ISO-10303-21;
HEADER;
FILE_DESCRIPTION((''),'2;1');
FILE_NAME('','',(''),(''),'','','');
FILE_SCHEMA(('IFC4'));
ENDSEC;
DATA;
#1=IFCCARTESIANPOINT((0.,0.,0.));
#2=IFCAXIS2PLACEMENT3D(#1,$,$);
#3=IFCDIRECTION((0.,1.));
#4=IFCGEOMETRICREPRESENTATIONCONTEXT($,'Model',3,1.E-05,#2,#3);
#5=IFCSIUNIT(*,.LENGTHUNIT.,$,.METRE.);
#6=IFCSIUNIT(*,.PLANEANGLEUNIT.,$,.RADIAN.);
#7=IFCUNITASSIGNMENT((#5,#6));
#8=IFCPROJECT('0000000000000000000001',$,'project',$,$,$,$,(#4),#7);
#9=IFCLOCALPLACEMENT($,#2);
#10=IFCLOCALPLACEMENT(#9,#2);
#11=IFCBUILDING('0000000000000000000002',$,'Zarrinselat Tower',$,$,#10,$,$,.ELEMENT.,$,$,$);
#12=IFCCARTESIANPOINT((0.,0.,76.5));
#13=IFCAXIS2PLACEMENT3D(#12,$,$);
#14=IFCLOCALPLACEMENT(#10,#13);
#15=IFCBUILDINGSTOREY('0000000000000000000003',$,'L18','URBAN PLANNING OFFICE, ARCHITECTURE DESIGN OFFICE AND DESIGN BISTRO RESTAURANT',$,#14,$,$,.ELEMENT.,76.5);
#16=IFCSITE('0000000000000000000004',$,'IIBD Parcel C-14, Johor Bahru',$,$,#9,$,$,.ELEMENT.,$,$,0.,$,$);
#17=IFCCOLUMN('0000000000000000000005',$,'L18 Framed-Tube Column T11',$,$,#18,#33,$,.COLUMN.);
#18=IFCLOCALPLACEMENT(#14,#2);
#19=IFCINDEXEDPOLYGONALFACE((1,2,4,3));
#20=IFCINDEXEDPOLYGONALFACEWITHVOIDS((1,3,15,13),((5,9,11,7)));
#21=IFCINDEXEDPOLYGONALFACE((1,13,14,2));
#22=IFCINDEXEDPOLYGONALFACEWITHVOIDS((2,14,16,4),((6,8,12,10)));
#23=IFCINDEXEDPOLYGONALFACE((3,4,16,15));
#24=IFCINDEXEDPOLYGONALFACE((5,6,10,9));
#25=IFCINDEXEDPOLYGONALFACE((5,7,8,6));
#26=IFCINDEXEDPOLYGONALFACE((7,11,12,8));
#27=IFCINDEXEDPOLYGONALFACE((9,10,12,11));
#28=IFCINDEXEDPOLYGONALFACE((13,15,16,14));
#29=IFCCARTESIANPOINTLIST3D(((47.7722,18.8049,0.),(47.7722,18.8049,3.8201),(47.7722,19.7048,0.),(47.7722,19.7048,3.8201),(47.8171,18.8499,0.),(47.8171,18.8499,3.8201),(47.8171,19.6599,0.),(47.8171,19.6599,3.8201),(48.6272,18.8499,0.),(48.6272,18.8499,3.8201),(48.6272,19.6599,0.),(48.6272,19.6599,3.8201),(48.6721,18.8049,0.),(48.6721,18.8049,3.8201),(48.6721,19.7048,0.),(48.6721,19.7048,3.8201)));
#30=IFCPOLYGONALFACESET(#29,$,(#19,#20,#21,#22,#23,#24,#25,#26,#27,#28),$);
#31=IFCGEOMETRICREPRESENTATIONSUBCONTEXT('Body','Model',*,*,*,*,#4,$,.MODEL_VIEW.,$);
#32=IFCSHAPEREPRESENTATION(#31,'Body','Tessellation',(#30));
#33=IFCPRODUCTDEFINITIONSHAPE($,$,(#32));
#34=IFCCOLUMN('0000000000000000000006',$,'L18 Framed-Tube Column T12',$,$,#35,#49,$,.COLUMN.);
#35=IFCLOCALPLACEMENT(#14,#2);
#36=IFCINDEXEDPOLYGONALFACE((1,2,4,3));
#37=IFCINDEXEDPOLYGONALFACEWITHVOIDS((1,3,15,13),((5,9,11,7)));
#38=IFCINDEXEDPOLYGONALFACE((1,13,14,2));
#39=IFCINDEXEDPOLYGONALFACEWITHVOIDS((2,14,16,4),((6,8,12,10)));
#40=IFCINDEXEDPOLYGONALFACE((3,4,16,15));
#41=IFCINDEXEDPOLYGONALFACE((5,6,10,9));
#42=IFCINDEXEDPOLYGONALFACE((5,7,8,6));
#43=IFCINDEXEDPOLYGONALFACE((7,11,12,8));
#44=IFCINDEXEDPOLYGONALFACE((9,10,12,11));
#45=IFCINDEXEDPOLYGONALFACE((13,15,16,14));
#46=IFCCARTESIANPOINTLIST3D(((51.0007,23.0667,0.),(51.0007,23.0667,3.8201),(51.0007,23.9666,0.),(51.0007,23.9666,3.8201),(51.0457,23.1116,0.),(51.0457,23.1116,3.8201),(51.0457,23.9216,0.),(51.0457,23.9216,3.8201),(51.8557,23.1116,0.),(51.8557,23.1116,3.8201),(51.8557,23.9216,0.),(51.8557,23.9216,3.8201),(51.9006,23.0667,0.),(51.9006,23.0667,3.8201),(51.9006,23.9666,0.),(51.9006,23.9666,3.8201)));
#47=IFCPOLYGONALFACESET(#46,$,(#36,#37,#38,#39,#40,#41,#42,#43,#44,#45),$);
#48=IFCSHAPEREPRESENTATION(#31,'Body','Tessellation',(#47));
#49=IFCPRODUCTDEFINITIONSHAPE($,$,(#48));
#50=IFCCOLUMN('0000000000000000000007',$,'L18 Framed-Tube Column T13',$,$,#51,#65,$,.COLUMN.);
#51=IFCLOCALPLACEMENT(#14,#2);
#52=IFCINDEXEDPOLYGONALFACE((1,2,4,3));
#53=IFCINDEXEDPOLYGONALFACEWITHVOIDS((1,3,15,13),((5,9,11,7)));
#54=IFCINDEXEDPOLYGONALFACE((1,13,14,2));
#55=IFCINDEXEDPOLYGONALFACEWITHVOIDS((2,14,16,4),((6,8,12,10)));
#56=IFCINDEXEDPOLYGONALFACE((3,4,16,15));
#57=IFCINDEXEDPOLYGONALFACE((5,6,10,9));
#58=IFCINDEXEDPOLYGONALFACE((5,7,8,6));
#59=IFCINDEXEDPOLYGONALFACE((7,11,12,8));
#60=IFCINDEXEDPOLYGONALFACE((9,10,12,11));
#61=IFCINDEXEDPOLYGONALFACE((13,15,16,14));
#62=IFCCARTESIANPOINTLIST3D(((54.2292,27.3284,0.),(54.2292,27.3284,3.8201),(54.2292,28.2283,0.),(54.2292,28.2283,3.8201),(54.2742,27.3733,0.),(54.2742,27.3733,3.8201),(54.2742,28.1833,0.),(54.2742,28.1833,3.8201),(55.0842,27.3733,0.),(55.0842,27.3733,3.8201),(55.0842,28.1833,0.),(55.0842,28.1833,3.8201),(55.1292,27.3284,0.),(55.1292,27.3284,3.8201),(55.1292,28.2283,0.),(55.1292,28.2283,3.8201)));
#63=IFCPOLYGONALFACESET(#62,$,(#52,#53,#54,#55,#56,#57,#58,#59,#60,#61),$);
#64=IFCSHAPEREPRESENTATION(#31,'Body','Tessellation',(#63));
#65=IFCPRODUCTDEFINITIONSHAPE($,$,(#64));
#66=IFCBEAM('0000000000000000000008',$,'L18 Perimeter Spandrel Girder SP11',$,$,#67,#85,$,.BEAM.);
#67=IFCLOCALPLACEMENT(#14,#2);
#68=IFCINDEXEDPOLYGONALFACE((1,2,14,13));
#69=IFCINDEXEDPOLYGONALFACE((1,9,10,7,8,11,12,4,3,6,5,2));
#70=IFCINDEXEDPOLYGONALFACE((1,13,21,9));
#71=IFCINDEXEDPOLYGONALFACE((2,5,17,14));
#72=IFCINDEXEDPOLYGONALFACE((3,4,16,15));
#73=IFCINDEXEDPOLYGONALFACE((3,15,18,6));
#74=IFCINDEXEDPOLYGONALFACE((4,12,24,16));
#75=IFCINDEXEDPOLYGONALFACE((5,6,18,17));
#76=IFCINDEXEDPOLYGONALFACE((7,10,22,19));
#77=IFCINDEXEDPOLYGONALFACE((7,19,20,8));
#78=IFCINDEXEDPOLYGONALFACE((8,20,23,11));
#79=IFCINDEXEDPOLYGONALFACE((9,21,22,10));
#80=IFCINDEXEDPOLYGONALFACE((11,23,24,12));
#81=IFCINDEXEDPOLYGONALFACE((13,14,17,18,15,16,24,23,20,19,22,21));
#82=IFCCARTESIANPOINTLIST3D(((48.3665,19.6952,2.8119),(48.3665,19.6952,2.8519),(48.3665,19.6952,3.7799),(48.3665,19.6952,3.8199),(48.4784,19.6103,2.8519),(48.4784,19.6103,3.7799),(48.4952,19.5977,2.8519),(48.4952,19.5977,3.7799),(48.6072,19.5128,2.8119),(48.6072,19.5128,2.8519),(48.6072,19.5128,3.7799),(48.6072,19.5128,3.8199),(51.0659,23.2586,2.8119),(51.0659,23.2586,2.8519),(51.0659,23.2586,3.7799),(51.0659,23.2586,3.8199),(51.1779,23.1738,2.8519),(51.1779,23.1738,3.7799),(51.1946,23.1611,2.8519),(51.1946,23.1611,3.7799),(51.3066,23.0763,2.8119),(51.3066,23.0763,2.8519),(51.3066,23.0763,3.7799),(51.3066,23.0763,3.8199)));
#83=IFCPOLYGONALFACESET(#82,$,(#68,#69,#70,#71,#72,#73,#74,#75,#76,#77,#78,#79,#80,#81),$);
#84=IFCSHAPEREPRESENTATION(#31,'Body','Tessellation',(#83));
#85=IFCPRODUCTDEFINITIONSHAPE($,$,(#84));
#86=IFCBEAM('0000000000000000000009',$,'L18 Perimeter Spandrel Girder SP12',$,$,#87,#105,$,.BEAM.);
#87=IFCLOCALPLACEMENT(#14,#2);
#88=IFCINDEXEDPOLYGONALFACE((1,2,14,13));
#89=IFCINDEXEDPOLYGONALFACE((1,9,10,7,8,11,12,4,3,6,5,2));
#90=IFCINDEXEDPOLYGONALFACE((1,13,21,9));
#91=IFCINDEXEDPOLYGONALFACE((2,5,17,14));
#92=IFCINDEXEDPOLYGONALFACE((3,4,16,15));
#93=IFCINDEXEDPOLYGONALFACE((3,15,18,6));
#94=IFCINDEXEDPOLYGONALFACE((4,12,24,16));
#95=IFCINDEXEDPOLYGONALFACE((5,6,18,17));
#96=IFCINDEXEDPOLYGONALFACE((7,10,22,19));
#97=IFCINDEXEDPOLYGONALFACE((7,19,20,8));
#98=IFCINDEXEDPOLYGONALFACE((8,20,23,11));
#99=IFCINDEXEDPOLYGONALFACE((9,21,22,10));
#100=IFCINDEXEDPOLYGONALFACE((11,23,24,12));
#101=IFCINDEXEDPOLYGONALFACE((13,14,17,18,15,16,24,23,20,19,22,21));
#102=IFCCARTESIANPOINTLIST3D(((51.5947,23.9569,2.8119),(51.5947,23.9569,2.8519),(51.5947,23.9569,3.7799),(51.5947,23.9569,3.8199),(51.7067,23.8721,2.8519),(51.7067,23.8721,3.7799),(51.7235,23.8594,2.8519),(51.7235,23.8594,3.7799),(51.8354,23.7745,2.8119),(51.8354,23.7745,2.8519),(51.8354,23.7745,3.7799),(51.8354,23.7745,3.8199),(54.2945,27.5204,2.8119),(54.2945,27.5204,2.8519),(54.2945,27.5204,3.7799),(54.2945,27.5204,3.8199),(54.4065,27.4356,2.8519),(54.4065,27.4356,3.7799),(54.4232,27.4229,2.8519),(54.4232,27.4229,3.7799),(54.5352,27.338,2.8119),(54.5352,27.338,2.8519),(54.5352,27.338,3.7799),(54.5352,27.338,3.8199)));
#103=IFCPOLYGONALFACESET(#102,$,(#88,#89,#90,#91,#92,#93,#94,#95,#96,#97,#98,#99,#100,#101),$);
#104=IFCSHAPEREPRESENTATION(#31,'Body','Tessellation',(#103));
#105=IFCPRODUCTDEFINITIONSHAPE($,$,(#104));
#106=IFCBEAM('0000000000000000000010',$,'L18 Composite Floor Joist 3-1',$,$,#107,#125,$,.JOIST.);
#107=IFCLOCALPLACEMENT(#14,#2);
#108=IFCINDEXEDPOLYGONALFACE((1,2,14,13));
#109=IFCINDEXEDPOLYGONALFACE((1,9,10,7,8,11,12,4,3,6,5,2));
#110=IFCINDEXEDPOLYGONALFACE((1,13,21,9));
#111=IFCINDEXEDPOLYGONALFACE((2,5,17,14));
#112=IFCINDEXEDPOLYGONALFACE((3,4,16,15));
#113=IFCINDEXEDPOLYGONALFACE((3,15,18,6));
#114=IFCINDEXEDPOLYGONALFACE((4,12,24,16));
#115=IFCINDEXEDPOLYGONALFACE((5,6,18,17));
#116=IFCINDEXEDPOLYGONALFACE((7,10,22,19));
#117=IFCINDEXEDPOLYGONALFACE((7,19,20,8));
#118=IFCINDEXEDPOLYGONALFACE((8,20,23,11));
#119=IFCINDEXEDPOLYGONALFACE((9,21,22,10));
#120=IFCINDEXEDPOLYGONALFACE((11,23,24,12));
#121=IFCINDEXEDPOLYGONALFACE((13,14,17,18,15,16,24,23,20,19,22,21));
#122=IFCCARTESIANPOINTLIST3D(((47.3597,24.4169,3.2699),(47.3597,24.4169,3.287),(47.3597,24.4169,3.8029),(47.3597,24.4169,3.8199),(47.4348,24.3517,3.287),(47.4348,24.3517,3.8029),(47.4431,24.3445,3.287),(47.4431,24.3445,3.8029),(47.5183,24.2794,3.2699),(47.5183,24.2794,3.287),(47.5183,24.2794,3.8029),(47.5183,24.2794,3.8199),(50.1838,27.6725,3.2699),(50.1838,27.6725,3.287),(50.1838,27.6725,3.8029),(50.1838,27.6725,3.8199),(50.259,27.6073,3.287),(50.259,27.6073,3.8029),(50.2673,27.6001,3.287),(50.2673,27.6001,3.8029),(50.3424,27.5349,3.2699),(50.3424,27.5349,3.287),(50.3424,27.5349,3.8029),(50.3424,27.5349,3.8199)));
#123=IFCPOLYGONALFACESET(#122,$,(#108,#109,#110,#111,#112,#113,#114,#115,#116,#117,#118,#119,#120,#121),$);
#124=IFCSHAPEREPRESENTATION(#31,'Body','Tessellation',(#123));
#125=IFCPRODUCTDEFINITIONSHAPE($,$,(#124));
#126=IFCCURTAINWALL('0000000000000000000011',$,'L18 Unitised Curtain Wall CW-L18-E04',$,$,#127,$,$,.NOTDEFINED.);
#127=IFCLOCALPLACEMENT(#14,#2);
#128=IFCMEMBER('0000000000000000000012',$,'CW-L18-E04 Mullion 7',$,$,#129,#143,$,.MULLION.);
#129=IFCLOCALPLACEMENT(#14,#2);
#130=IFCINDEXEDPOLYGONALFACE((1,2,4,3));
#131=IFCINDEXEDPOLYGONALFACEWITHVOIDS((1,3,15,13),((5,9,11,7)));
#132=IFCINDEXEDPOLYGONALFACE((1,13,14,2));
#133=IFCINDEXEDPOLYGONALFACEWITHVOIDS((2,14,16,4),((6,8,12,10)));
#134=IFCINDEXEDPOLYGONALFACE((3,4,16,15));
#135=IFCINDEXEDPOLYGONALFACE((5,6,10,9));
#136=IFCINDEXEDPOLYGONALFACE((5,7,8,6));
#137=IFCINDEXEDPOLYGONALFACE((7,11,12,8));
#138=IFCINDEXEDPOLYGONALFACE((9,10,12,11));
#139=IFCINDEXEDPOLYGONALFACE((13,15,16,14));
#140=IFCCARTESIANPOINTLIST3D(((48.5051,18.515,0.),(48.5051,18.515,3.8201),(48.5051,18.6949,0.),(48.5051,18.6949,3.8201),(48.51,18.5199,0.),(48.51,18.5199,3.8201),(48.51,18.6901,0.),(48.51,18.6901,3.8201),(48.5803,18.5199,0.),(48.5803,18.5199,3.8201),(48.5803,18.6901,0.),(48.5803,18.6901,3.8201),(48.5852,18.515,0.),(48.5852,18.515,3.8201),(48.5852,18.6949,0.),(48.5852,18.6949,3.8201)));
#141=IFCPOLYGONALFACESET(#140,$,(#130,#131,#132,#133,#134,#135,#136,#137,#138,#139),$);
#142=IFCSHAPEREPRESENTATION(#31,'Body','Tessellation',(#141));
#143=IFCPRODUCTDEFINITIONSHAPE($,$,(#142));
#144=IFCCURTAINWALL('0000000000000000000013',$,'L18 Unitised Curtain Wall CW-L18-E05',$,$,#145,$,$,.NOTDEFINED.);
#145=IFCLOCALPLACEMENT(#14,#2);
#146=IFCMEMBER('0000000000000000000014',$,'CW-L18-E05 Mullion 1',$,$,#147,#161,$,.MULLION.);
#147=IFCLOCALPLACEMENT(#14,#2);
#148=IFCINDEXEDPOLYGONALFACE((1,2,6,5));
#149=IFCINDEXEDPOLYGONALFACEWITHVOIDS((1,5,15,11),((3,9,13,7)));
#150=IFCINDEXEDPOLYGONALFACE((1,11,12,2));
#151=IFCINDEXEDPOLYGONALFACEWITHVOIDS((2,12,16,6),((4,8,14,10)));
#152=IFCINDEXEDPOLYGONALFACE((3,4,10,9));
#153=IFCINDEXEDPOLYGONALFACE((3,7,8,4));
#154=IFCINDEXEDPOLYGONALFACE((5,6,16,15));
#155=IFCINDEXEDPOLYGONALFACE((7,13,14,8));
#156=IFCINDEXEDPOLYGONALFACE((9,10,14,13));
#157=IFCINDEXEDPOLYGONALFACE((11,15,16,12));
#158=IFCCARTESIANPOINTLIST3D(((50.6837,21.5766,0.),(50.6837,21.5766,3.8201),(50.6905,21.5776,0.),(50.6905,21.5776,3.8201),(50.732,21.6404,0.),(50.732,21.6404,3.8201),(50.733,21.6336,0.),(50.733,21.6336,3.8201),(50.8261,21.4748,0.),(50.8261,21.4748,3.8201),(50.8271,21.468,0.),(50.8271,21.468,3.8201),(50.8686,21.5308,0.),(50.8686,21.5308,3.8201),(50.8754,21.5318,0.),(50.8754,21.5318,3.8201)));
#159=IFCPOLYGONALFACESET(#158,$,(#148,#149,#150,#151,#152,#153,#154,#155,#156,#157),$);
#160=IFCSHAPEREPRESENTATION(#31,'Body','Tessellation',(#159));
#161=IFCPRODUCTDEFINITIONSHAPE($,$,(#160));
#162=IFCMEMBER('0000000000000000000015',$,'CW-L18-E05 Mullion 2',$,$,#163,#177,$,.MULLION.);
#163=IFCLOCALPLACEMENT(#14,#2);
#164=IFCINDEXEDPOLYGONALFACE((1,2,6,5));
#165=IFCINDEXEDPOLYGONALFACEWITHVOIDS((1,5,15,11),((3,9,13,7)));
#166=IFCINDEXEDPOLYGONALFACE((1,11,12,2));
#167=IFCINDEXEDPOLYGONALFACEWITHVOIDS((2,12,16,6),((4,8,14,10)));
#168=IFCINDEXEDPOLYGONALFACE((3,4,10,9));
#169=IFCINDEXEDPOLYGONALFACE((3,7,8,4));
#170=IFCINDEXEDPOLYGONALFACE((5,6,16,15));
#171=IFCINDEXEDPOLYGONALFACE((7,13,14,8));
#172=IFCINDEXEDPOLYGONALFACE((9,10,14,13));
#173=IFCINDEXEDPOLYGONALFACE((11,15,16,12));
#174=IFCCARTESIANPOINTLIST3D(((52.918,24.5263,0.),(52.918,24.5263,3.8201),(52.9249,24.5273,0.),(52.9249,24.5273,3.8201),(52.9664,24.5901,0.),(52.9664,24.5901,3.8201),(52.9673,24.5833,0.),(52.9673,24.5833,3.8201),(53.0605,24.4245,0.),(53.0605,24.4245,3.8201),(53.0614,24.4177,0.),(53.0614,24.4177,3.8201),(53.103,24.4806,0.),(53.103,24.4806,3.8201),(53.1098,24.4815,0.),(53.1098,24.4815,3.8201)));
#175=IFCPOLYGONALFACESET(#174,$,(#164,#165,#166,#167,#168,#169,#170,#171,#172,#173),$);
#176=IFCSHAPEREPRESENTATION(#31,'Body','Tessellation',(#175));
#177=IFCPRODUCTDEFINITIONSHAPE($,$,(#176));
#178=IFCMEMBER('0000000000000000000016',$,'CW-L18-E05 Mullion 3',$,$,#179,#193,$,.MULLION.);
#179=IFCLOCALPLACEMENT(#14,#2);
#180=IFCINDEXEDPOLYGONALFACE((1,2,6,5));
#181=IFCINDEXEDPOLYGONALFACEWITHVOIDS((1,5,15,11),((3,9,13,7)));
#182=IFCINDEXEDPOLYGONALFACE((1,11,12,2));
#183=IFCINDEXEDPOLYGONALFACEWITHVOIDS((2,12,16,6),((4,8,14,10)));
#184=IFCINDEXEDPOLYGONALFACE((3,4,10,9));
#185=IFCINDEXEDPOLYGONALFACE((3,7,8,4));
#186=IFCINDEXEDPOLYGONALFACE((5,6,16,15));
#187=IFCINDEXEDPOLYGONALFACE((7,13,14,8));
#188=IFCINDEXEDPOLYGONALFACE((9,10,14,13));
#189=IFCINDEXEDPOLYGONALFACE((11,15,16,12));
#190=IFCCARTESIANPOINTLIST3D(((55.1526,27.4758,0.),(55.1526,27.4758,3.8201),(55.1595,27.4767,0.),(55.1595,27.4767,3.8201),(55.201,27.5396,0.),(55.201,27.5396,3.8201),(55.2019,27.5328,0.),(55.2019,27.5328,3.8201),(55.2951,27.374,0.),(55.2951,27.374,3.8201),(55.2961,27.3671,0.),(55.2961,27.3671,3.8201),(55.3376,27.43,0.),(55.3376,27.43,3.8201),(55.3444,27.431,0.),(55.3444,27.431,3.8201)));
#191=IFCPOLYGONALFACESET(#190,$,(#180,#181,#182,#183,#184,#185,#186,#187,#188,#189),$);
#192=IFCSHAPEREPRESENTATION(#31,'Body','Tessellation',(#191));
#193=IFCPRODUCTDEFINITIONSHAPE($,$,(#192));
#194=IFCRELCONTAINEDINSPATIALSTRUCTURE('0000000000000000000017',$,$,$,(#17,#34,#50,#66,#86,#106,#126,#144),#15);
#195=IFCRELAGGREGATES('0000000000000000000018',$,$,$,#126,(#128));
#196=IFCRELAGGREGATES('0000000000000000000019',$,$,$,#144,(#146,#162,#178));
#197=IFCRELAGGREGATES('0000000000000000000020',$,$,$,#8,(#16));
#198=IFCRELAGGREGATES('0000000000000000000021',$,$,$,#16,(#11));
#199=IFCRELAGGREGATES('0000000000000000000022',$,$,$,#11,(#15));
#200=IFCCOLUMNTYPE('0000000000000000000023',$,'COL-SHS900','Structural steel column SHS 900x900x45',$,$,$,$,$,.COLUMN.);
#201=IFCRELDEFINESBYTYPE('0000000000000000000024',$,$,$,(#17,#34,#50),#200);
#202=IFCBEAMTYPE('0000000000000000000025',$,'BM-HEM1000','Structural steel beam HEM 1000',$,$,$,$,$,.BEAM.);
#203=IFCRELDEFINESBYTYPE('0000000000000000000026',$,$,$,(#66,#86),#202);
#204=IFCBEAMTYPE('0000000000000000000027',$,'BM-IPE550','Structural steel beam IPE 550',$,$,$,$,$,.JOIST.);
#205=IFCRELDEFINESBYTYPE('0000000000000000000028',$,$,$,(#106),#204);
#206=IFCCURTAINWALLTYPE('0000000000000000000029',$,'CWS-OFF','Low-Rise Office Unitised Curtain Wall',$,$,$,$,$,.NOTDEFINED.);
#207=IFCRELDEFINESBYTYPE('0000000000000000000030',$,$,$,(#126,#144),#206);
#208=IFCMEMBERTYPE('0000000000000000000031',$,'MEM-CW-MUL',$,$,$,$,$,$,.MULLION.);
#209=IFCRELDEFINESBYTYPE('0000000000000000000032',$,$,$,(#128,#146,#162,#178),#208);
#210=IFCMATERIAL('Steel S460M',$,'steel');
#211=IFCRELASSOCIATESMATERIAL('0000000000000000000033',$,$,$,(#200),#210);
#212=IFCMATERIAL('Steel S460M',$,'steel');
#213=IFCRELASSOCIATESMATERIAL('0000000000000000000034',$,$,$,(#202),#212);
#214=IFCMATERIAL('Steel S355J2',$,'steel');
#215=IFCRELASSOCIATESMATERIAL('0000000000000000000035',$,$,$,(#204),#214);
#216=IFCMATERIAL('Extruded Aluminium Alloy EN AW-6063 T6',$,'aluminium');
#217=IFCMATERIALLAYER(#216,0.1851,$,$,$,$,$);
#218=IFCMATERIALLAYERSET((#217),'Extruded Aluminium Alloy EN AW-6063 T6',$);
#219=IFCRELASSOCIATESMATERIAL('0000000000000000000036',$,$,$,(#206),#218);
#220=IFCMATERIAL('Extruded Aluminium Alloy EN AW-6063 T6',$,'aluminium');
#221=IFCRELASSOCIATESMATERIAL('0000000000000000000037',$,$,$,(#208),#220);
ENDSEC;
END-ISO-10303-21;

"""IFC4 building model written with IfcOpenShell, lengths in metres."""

from ifc_helpers import new_model, si_unit, direction, frame, origin, origin_2d, place, context, subcontext, project, spatial, hollow_rectangle, i_section, extrude, material, layer, layer_set, material_profile, profile_set, type_object, element, aggregate, save


model = new_model("IFC4")

# Units and contexts
model_context = context("Model", 3, precision=1e-05, world=origin(), true_north=direction((0.0, 1.0)))
body_context = subcontext(model_context, "Body", "Model", "MODEL_VIEW")
ifc_project = project(units=[si_unit("LENGTHUNIT", "METRE"), si_unit("PLANEANGLEUNIT", "RADIAN")], contexts=[model_context])

# Site, building, storey
site_placement = place(None, origin())
site = spatial("IfcSite", under=ifc_project, at=site_placement, Name="IIBD Parcel C-14, Johor Bahru", CompositionType="ELEMENT", RefElevation=0.0)
building_placement = place(site_placement, origin())
building = spatial("IfcBuilding", under=site, at=building_placement, Name="Zarrinselat Tower", CompositionType="ELEMENT")
storey_placement = place(building_placement, frame((0.0, 0.0, 76.5)))
storey = spatial("IfcBuildingStorey", under=building, at=storey_placement, Name="L18", Description="URBAN PLANNING OFFICE, ARCHITECTURE DESIGN OFFICE AND DESIGN BISTRO RESTAURANT", CompositionType="ELEMENT", Elevation=76.5)

# Columns
ifc_material_1 = material(Name="Steel S460M", Category="steel")
ifc_material_profile_1 = material_profile(ifc_material_1, hollow_rectangle(XDim=0.8999, YDim=0.8999, WallThickness=0.0449, at=origin_2d()), Name="SHS 900x900x45")
ifc_profile_set_1 = profile_set([ifc_material_profile_1], Name="Steel S460M")
column_type = type_object("IfcColumnType", Name="COL-SHS900", Description="Structural steel column SHS 900x900x45", PredefinedType="COLUMN", material=ifc_profile_set_1)
for number, where, z_axis, x_axis, name in (
    (1, (48.2222, 19.2549, 0.0), (0.0, 0.0, 1.0), (1.0, 0.0, 0.0), "L18 Framed-Tube Column T11"),
    (2, (51.4507, 23.5166, 0.0), (0.0, 0.0, 1.0), (1.0, 0.0, 0.0), "L18 Framed-Tube Column T12"),
    (3, (54.6792, 27.7783, 0.0), (0.0, 0.0, 1.0), (1.0, 0.0, 0.0), "L18 Framed-Tube Column T13"),
):
    element("IfcColumn", number, at=place(storey_placement, frame(where, z_axis=z_axis, x_axis=x_axis)), inside=storey, type_object=column_type, Name=name, PredefinedType="COLUMN", context=body_context, shape_type="SweptSolid", body=[
        extrude(hollow_rectangle(XDim=0.8999, YDim=0.8999, WallThickness=0.0449, at=origin_2d()), origin(), (0.0, 0.0, 1.0), 3.8201),
    ])

# Beams
ifc_material_2 = material(Name="Steel S460M", Category="steel")
ifc_material_profile_2 = material_profile(ifc_material_2, i_section(OverallWidth=0.302, OverallDepth=1.0081, WebThickness=0.021, FlangeThickness=0.04, at=origin_2d()), Name="HEM 1000")
ifc_profile_set_2 = profile_set([ifc_material_profile_2], Name="Steel S460M")
beam_type_1 = type_object("IfcBeamType", Name="BM-HEM1000", Description="Structural steel beam HEM 1000", PredefinedType="BEAM", material=ifc_profile_set_2)
beam_1_placement = place(storey_placement, frame((48.4868, 19.604, 3.3159), z_axis=(0.603838, 0.797107, 0.0), x_axis=(-0.797107, 0.603838, 0.0)))
element("IfcBeam", 4, at=beam_1_placement, inside=storey, type_object=beam_type_1, Name="L18 Perimeter Spandrel Girder SP11", PredefinedType="BEAM", context=body_context, shape_type="SweptSolid", body=[
    extrude(i_section(OverallWidth=0.302, OverallDepth=1.0081, WebThickness=0.021, FlangeThickness=0.04, at=origin_2d()), origin(), (0.0, 0.0, 1.0), 4.4705),
])
beam_2_placement = place(storey_placement, frame((51.7151, 23.8657, 3.3159), z_axis=(0.603872, 0.797081, 0.0), x_axis=(-0.797081, 0.603872, 0.0)))
element("IfcBeam", 5, at=beam_2_placement, inside=storey, type_object=beam_type_1, Name="L18 Perimeter Spandrel Girder SP12", PredefinedType="BEAM", context=body_context, shape_type="SweptSolid", body=[
    extrude(i_section(OverallWidth=0.302, OverallDepth=1.0081, WebThickness=0.021, FlangeThickness=0.04, at=origin_2d()), origin(), (0.0, 0.0, 1.0), 4.4707),
])
ifc_material_3 = material(Name="Steel S355J2", Category="steel")
ifc_material_profile_3 = material_profile(ifc_material_3, i_section(OverallWidth=0.21, OverallDepth=0.55, WebThickness=0.011, FlangeThickness=0.0171, at=origin_2d()), Name="IPE 550")
ifc_profile_set_3 = profile_set([ifc_material_profile_3], Name="Steel S355J2")
beam_type_2 = type_object("IfcBeamType", Name="BM-IPE550", Description="Structural steel beam IPE 550", PredefinedType="JOIST", material=ifc_profile_set_3)
beam_3_placement = place(storey_placement, frame((47.439, 24.3481, 3.5449), z_axis=(0.655286, 0.755381, 0.0), x_axis=(-0.755381, 0.655286, 0.0)))
element("IfcBeam", 6, at=beam_3_placement, inside=storey, type_object=beam_type_2, Name="L18 Composite Floor Joist 3-1", PredefinedType="JOIST", context=body_context, shape_type="SweptSolid", body=[
    extrude(i_section(OverallWidth=0.21, OverallDepth=0.55, WebThickness=0.011, FlangeThickness=0.0171, at=origin_2d()), origin(), (0.0, 0.0, 1.0), 4.3098),
])

# Curtain wall, member
ifc_material_4 = material(Name="Extruded Aluminium Alloy EN AW-6063 T6", Category="aluminium")
ifc_layer_1 = layer(ifc_material_4, 0.1851)
ifc_layer_set_1 = layer_set([ifc_layer_1], Name="Extruded Aluminium Alloy EN AW-6063 T6")
curtain_wall_type = type_object("IfcCurtainWallType", Name="CWS-OFF", Description="Low-Rise Office Unitised Curtain Wall", PredefinedType="NOTDEFINED", material=ifc_layer_set_1)
curtain_wall_1_placement = place(storey_placement, origin())
curtain_wall_1 = element("IfcCurtainWall", 7, at=curtain_wall_1_placement, inside=storey, type_object=curtain_wall_type, Name="L18 Unitised Curtain Wall CW-L18-E04", PredefinedType="NOTDEFINED")
ifc_material_5 = material(Name="Extruded Aluminium Alloy EN AW-6063 T6", Category="aluminium")
ifc_material_profile_4 = material_profile(ifc_material_5, hollow_rectangle(XDim=0.0801, YDim=0.1799, WallThickness=0.0049, at=origin_2d()), Name="RHS 180x80x5")
ifc_profile_set_4 = profile_set([ifc_material_profile_4], Name="Extruded Aluminium Alloy EN AW-6063 T6")
member_type_1 = type_object("IfcMemberType", Name="MEM-CW-MUL", PredefinedType="MULLION", material=ifc_profile_set_4)
member_1_placement = place(storey_placement, frame((48.5452, 18.605, 0.0), z_axis=(0.0, 0.0, 1.0), x_axis=(1.0, 0.0, 0.0)))
member_1 = element("IfcMember", 8, at=member_1_placement, type_object=member_type_1, Name="CW-L18-E04 Mullion 7", PredefinedType="MULLION", context=body_context, shape_type="SweptSolid", body=[
    extrude(hollow_rectangle(XDim=0.0801, YDim=0.1799, WallThickness=0.0049, at=origin_2d()), origin(), (0.0, 0.0, 1.0), 3.8201),
])
aggregate(curtain_wall_1, [member_1])

# Curtain wall, members
curtain_wall_2_placement = place(storey_placement, origin())
curtain_wall_2 = element("IfcCurtainWall", 9, at=curtain_wall_2_placement, inside=storey, type_object=curtain_wall_type, Name="L18 Unitised Curtain Wall CW-L18-E05", PredefinedType="NOTDEFINED")
member_2_placement = place(storey_placement, frame((50.7795, 21.5542, 0.0), z_axis=(0.0, 0.0, 1.0), x_axis=(0.603855, 0.797094, 0.0)))
member_2 = element("IfcMember", 10, at=member_2_placement, type_object=member_type_1, Name="CW-L18-E05 Mullion 1", PredefinedType="MULLION", context=body_context, shape_type="SweptSolid", body=[
    extrude(hollow_rectangle(XDim=0.0801, YDim=0.1799, WallThickness=0.0049, at=origin_2d()), origin(), (0.0, 0.0, 1.0), 3.8201),
])
member_3_placement = place(storey_placement, frame((53.0139, 24.5039, 0.0), z_axis=(0.0, 0.0, 1.0), x_axis=(0.603855, 0.797094, 0.0)))
member_3 = element("IfcMember", 11, at=member_3_placement, type_object=member_type_1, Name="CW-L18-E05 Mullion 2", PredefinedType="MULLION", context=body_context, shape_type="SweptSolid", body=[
    extrude(hollow_rectangle(XDim=0.0801, YDim=0.1799, WallThickness=0.0049, at=origin_2d()), origin(), (0.0, 0.0, 1.0), 3.8201),
])
member_4_placement = place(storey_placement, frame((55.2485, 27.4534, 0.0), z_axis=(0.0, 0.0, 1.0), x_axis=(0.603855, 0.797094, 0.0)))
member_4 = element("IfcMember", 12, at=member_4_placement, type_object=member_type_1, Name="CW-L18-E05 Mullion 3", PredefinedType="MULLION", context=body_context, shape_type="SweptSolid", body=[
    extrude(hollow_rectangle(XDim=0.0801, YDim=0.1799, WallThickness=0.0049, at=origin_2d()), origin(), (0.0, 0.0, 1.0), 3.8201),
])
aggregate(curtain_wall_2, [member_2, member_3, member_4])

save(model, "model.ifc")
